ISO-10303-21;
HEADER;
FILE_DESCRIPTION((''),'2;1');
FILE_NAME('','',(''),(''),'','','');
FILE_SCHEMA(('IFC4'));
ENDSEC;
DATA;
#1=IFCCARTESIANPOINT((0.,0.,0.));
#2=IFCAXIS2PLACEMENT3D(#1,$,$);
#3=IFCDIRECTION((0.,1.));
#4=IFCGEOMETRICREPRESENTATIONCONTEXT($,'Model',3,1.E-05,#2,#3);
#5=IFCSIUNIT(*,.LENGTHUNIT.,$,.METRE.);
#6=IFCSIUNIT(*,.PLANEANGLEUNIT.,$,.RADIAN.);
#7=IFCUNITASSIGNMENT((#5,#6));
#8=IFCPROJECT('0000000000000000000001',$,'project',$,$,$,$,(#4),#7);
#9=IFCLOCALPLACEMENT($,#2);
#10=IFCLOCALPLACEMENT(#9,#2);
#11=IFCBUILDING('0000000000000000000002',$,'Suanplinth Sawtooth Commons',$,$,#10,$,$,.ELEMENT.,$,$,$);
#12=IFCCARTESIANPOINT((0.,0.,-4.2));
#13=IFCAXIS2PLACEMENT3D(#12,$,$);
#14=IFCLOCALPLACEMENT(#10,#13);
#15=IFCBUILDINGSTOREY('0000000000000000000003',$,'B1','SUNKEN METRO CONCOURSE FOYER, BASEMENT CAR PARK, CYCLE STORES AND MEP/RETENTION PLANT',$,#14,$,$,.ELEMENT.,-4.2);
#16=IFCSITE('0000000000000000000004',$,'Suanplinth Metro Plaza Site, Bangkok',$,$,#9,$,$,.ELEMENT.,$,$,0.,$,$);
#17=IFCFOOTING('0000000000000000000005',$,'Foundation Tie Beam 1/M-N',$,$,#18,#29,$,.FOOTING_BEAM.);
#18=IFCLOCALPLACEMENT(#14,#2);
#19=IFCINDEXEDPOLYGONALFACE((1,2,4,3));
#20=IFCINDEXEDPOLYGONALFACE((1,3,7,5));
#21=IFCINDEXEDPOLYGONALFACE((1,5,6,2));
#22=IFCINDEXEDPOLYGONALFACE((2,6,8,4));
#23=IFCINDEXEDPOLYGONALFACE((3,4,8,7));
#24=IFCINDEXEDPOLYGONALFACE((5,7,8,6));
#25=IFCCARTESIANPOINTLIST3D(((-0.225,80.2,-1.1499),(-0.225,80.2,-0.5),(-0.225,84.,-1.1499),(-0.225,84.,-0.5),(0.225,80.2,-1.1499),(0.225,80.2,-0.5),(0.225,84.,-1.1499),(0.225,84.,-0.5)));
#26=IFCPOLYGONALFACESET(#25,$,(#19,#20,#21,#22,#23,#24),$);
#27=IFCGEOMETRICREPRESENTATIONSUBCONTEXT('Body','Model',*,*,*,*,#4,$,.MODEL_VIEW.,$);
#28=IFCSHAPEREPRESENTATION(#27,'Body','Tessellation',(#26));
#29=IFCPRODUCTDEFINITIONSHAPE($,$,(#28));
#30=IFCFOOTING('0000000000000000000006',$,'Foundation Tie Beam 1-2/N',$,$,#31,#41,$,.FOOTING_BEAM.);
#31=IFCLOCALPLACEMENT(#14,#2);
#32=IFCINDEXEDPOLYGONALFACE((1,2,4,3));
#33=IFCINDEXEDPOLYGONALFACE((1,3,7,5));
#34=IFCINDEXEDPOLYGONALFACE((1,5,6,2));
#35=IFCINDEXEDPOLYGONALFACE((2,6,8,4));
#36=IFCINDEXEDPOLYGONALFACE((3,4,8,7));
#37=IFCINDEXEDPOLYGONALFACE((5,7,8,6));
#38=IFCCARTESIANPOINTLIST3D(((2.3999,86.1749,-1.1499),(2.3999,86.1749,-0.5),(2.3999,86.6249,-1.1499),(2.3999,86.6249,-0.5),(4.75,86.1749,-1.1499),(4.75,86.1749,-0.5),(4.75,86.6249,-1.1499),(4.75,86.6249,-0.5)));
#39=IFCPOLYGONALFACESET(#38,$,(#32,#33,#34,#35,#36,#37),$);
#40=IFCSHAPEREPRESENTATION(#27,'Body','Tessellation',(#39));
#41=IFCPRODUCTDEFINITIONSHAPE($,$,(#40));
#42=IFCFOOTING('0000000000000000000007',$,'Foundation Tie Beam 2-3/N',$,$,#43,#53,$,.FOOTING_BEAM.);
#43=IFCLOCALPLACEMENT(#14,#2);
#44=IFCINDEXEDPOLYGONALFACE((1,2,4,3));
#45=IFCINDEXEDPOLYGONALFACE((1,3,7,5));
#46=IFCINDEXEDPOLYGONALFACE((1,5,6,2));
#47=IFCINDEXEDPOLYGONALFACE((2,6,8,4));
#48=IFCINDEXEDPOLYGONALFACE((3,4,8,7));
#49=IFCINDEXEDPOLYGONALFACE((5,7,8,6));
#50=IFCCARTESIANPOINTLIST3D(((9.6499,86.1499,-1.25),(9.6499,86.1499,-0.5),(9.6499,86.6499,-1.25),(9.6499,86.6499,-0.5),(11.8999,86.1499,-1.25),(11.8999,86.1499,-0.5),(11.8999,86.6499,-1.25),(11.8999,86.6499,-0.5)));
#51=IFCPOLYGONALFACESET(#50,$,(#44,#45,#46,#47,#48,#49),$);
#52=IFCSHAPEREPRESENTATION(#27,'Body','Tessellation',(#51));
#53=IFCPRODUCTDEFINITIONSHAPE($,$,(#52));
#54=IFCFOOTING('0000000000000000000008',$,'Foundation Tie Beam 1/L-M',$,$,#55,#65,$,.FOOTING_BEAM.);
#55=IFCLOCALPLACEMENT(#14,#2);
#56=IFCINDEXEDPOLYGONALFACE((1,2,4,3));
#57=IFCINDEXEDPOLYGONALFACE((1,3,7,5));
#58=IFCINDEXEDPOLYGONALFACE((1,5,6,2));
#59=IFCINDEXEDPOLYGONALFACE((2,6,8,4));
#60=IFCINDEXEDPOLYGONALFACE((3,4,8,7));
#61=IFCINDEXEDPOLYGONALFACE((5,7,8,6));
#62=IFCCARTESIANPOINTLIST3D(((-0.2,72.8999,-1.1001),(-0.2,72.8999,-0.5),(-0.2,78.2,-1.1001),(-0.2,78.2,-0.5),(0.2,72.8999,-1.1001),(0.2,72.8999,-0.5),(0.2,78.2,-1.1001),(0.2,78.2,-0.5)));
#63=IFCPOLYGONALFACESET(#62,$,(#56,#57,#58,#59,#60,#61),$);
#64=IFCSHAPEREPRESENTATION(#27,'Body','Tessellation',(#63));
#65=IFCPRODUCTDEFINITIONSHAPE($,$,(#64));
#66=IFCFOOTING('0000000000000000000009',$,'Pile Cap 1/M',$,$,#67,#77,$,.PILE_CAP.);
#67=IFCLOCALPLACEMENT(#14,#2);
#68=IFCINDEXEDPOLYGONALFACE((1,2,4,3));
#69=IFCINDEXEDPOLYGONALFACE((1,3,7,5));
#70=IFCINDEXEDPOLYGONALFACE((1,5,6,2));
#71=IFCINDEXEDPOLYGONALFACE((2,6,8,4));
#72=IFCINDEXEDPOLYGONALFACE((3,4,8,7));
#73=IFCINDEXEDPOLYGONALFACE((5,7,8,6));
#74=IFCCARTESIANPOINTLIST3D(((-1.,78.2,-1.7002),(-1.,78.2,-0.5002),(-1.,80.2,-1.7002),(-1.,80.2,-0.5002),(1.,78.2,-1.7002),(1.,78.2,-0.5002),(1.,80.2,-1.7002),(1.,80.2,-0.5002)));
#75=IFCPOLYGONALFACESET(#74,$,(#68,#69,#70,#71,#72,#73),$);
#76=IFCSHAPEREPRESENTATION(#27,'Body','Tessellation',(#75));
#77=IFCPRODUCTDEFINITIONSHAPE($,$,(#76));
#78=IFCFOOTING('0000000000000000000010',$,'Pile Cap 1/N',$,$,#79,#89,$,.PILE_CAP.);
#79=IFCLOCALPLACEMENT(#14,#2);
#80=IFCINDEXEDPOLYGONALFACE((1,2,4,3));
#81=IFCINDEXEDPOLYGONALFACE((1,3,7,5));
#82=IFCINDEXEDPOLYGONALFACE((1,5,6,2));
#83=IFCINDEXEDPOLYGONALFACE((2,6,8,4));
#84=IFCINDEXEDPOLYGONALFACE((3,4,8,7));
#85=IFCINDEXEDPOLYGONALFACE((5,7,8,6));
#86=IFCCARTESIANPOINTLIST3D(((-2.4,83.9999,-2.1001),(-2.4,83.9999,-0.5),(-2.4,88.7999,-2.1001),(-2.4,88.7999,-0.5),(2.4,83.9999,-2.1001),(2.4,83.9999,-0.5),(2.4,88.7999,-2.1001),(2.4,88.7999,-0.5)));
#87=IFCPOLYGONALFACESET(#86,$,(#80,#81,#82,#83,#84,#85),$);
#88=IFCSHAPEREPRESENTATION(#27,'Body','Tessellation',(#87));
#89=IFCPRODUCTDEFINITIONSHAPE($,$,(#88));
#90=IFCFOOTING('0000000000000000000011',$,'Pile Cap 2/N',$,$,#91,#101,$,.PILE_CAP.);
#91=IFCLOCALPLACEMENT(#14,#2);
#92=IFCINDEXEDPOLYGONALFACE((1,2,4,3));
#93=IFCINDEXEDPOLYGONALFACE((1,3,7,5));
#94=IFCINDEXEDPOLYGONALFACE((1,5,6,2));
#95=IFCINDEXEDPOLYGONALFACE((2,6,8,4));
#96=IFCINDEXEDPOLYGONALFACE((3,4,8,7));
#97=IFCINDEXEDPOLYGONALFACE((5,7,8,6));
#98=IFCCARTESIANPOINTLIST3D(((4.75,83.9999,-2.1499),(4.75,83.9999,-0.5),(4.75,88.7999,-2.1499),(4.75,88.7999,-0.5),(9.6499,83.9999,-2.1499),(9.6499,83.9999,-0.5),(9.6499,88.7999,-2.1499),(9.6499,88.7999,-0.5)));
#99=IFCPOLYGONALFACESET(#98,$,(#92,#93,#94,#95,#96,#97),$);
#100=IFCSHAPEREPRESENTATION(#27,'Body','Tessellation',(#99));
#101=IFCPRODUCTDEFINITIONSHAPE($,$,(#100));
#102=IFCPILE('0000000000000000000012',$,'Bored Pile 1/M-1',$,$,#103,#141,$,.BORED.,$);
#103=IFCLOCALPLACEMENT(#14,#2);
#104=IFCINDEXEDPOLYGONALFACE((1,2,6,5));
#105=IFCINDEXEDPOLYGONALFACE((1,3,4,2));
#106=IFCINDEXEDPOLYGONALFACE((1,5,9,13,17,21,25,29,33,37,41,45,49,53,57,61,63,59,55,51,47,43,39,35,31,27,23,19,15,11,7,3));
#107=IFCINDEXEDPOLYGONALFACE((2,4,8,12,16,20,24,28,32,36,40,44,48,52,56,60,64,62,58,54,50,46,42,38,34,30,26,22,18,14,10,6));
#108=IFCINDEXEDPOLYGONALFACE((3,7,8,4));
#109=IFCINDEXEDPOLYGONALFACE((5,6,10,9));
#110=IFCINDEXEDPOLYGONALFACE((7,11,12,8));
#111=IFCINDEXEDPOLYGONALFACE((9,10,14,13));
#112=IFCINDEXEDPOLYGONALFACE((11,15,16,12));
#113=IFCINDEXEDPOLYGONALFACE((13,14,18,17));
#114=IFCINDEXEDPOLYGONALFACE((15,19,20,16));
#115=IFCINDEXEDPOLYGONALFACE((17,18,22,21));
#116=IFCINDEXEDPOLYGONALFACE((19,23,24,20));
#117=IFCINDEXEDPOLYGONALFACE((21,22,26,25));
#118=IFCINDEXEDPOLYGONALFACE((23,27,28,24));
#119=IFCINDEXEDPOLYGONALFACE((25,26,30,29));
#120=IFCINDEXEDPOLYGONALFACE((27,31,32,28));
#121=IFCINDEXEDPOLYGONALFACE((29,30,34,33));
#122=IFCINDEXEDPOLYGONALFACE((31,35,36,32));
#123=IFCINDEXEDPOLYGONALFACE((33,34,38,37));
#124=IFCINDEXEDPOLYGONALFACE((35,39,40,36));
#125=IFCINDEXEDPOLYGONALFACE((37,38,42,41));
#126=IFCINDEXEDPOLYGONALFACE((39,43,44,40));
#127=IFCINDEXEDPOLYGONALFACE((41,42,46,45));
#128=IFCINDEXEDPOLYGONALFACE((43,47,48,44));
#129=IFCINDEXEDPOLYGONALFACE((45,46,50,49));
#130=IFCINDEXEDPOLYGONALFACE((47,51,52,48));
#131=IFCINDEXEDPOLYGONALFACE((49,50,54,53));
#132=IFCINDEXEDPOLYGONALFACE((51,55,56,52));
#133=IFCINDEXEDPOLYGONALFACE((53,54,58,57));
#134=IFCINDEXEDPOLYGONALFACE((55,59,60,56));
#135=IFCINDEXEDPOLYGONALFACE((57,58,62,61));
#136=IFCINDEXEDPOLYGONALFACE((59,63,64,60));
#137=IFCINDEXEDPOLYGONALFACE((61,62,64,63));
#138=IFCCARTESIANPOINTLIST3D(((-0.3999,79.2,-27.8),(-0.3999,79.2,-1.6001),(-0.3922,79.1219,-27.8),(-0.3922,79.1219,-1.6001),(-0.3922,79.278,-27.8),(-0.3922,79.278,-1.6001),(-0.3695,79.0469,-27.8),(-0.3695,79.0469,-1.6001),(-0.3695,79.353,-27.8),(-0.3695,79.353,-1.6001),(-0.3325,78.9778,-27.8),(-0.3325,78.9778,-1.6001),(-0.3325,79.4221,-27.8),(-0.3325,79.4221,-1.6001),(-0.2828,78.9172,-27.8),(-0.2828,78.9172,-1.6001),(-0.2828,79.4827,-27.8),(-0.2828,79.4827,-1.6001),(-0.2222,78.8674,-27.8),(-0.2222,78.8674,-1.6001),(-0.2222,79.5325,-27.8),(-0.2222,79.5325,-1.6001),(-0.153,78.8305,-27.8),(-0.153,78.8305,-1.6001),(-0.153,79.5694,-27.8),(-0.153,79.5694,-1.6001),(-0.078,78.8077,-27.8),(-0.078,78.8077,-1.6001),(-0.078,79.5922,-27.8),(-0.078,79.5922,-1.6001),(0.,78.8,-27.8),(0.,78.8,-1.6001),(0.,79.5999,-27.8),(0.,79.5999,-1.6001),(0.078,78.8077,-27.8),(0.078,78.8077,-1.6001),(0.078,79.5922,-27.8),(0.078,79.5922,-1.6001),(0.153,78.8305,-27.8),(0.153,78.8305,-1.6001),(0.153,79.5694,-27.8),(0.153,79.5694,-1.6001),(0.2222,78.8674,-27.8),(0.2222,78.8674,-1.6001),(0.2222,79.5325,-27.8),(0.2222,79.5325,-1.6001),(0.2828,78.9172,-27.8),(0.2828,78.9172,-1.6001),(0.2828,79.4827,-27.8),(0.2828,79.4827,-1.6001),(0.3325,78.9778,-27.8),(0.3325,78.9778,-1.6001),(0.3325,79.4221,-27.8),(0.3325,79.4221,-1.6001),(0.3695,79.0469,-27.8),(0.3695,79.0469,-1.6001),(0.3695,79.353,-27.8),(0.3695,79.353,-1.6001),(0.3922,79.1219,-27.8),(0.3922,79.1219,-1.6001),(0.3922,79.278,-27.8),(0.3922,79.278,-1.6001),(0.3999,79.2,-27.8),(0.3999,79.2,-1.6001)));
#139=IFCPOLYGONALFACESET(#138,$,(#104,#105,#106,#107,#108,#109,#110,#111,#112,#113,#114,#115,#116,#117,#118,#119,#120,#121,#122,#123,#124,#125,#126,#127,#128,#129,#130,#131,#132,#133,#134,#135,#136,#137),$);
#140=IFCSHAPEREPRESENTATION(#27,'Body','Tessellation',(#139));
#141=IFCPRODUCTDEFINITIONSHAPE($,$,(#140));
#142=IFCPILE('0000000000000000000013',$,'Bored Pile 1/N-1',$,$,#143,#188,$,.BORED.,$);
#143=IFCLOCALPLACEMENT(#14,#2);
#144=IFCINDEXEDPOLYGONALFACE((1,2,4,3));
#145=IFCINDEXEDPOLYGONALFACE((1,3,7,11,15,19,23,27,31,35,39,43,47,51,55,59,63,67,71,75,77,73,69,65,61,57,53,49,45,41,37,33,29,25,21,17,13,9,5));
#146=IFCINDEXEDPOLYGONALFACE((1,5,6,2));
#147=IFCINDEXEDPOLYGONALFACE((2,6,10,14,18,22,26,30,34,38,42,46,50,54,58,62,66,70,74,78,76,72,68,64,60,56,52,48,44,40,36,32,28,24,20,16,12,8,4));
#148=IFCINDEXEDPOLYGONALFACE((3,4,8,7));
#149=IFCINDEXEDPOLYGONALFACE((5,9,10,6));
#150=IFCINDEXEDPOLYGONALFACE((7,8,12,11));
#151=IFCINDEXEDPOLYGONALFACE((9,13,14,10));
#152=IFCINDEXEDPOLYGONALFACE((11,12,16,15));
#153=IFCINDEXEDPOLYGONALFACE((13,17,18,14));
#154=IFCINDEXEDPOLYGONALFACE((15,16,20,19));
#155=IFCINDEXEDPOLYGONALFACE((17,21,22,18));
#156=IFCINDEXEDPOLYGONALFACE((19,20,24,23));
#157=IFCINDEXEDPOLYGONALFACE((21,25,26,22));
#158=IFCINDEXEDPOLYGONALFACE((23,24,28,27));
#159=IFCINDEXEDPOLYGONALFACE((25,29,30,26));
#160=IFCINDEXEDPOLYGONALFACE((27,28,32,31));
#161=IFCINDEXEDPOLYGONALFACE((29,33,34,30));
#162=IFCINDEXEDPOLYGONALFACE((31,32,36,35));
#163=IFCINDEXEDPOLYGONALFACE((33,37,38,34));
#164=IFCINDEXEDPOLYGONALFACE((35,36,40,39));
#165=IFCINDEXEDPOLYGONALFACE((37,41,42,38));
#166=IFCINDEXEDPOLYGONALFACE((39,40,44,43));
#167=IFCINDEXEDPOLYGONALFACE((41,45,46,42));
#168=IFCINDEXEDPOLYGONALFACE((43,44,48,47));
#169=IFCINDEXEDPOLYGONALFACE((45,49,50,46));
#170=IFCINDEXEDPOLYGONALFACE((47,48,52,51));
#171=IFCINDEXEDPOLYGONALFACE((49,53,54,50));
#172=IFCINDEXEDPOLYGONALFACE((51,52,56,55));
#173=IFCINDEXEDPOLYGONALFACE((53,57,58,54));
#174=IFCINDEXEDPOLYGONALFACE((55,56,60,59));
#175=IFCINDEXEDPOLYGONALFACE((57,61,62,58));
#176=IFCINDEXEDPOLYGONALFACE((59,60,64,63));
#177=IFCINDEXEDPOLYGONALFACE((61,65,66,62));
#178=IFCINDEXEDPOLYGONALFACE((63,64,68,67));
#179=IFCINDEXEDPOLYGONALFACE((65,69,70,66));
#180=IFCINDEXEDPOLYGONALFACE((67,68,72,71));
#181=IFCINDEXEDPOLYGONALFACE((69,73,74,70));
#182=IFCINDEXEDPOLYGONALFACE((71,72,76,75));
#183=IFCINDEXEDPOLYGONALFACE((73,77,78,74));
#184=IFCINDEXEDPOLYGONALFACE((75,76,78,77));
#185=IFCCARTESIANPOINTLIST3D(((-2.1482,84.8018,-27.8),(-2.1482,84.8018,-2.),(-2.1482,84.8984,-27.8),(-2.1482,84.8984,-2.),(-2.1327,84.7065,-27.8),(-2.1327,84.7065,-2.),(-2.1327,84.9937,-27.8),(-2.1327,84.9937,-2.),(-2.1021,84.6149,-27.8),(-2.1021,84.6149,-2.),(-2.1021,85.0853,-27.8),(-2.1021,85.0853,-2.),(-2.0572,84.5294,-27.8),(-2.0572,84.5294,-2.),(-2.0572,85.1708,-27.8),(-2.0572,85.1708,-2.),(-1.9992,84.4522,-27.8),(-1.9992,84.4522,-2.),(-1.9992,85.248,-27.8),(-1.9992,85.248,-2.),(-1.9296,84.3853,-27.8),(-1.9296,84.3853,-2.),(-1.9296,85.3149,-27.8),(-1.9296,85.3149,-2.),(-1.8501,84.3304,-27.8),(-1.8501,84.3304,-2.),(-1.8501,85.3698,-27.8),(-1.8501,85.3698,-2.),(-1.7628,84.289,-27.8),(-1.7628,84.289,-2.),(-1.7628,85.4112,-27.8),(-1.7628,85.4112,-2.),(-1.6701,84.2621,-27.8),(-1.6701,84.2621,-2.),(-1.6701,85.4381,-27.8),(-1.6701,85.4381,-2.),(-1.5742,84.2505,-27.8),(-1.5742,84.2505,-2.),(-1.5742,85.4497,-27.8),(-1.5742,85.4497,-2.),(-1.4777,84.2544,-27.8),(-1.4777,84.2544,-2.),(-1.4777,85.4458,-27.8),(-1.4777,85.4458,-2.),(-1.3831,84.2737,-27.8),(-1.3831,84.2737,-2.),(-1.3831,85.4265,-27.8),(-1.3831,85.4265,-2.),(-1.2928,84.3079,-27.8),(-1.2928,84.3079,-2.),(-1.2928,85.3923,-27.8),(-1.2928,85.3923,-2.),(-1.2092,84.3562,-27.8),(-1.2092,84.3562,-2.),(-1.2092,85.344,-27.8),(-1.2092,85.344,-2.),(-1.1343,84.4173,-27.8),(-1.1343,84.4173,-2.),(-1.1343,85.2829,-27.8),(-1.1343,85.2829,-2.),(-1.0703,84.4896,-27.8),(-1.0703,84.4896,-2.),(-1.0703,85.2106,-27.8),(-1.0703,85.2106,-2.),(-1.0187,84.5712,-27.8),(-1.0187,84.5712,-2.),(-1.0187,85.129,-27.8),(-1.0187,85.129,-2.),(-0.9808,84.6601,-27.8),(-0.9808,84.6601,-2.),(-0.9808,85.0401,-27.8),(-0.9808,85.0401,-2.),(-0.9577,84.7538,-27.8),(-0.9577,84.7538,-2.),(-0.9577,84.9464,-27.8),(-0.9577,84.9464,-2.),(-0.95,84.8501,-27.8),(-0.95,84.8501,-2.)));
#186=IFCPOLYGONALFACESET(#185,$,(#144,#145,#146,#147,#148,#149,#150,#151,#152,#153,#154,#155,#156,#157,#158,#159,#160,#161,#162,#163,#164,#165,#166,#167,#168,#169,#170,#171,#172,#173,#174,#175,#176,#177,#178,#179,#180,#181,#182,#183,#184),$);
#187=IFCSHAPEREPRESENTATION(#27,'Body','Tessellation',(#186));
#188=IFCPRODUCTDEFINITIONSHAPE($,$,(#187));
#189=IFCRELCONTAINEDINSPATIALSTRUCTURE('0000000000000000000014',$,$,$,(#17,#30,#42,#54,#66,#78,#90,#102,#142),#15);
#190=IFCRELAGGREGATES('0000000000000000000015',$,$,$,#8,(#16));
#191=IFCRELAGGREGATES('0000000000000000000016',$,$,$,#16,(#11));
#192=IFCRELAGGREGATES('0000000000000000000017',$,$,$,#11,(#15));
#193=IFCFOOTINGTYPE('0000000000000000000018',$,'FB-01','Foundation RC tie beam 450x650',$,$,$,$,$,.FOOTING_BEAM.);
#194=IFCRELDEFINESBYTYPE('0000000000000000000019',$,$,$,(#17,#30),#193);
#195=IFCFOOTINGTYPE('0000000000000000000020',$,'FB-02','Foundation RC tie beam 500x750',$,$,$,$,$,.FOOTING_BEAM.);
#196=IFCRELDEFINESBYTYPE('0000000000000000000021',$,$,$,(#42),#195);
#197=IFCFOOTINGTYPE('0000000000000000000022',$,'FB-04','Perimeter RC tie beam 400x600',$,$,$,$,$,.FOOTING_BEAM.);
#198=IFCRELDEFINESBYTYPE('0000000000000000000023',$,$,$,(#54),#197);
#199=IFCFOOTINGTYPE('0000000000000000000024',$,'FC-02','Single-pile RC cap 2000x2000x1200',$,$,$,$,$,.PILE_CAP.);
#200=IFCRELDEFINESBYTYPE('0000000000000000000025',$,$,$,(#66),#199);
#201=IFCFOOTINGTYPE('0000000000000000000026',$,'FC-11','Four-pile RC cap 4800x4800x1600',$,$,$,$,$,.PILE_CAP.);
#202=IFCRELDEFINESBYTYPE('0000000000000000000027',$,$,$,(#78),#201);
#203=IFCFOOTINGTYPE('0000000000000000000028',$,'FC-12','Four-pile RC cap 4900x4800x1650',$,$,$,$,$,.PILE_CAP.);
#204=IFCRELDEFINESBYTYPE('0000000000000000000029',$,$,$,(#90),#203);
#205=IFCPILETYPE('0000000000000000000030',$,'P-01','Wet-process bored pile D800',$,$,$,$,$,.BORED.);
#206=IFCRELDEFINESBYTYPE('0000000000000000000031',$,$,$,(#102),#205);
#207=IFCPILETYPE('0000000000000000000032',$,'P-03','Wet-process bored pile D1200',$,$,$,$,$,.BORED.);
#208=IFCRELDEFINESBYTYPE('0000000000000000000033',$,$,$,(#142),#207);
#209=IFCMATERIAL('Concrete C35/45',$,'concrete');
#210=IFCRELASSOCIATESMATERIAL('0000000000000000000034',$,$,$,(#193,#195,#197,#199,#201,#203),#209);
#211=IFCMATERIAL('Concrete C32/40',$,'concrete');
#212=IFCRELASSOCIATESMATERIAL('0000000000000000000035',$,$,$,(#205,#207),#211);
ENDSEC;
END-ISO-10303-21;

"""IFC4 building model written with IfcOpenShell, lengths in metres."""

from ifc_helpers import new_model, si_unit, direction, frame, origin, origin_2d, place, context, subcontext, project, spatial, rectangle, circle, extrude, material, material_profile, profile_set, type_object, element, save


model = new_model("IFC4")

# Units and contexts
model_context = context("Model", 3, precision=1e-05, world=origin(), true_north=direction((0.0, 1.0)))
body_context = subcontext(model_context, "Body", "Model", "MODEL_VIEW")
ifc_project = project(units=[si_unit("LENGTHUNIT", "METRE"), si_unit("PLANEANGLEUNIT", "RADIAN")], contexts=[model_context])

# Site, building, storey
site_placement = place(None, origin())
site = spatial("IfcSite", under=ifc_project, at=site_placement, Name="Suanplinth Metro Plaza Site, Bangkok", CompositionType="ELEMENT", RefElevation=0.0)
building_placement = place(site_placement, origin())
building = spatial("IfcBuilding", under=site, at=building_placement, Name="Suanplinth Sawtooth Commons", CompositionType="ELEMENT")
storey_placement = place(building_placement, frame((0.0, 0.0, -4.2)))
storey = spatial("IfcBuildingStorey", under=building, at=storey_placement, Name="B1", Description="SUNKEN METRO CONCOURSE FOYER, BASEMENT CAR PARK, CYCLE STORES AND MEP/RETENTION PLANT", CompositionType="ELEMENT", Elevation=-4.2)

# Footings
ifc_material_1 = material(Name="Concrete C35/45", Category="concrete")
ifc_material_profile_1 = material_profile(ifc_material_1, rectangle(XDim=0.45, YDim=0.6499, at=origin_2d()), Name="PC-GDR 450x650")
ifc_profile_set_1 = profile_set([ifc_material_profile_1], Name="Concrete C35/45")
footing_type_1 = type_object("IfcFootingType", Name="FB-01", Description="Foundation RC tie beam 450x650", PredefinedType="FOOTING_BEAM", material=ifc_profile_set_1)
footing_1_placement = place(storey_placement, frame((0.0, 80.2, -0.825), z_axis=(0.0, 1.0, 0.0), x_axis=(-1.0, 0.0, 0.0)))
element("IfcFooting", 1, at=footing_1_placement, inside=storey, type_object=footing_type_1, Name="Foundation Tie Beam 1/M-N", PredefinedType="FOOTING_BEAM", context=body_context, shape_type="SweptSolid", body=[
    extrude(rectangle(XDim=0.45, YDim=0.6499, at=origin_2d()), origin(), (0.0, 0.0, 1.0), 3.8),
])
footing_2_placement = place(storey_placement, frame((2.3999, 86.3999, -0.825), z_axis=(1.0, 0.0, 0.0), x_axis=(0.0, 1.0, 0.0)))
element("IfcFooting", 2, at=footing_2_placement, inside=storey, type_object=footing_type_1, Name="Foundation Tie Beam 1-2/N", PredefinedType="FOOTING_BEAM", context=body_context, shape_type="SweptSolid", body=[
    extrude(rectangle(XDim=0.45, YDim=0.6499, at=origin_2d()), origin(), (0.0, 0.0, 1.0), 2.3501),
])
ifc_material_profile_2 = material_profile(ifc_material_1, rectangle(XDim=0.5, YDim=0.75, at=origin_2d()), Name="RC-GDR 500x750")
ifc_profile_set_2 = profile_set([ifc_material_profile_2], Name="Concrete C35/45")
footing_type_2 = type_object("IfcFootingType", Name="FB-02", Description="Foundation RC tie beam 500x750", PredefinedType="FOOTING_BEAM", material=ifc_profile_set_2)
footing_3_placement = place(storey_placement, frame((9.6499, 86.3999, -0.875), z_axis=(1.0, 0.0, 0.0), x_axis=(0.0, 1.0, 0.0)))
element("IfcFooting", 3, at=footing_3_placement, inside=storey, type_object=footing_type_2, Name="Foundation Tie Beam 2-3/N", PredefinedType="FOOTING_BEAM", context=body_context, shape_type="SweptSolid", body=[
    extrude(rectangle(XDim=0.5, YDim=0.75, at=origin_2d()), origin(), (0.0, 0.0, 1.0), 2.25),
])
ifc_material_profile_3 = material_profile(ifc_material_1, rectangle(XDim=0.3999, YDim=0.6001, at=origin_2d()), Name="PC-GDR 400x600")
ifc_profile_set_3 = profile_set([ifc_material_profile_3], Name="Concrete C35/45")
footing_type_3 = type_object("IfcFootingType", Name="FB-04", Description="Perimeter RC tie beam 400x600", PredefinedType="FOOTING_BEAM", material=ifc_profile_set_3)
footing_4_placement = place(storey_placement, frame((0.0, 72.8999, -0.8), z_axis=(0.0, 1.0, 0.0), x_axis=(-1.0, 0.0, 0.0)))
element("IfcFooting", 4, at=footing_4_placement, inside=storey, type_object=footing_type_3, Name="Foundation Tie Beam 1/L-M", PredefinedType="FOOTING_BEAM", context=body_context, shape_type="SweptSolid", body=[
    extrude(rectangle(XDim=0.3999, YDim=0.6001, at=origin_2d()), origin(), (0.0, 0.0, 1.0), 5.3),
])
footing_type_4 = type_object("IfcFootingType", Name="FC-02", Description="Single-pile RC cap 2000x2000x1200", PredefinedType="PILE_CAP", material=ifc_material_1)
footing_5_placement = place(storey_placement, frame((0.0, 79.2, -1.7002), z_axis=(0.0, 0.0, 1.0), x_axis=(1.0, 0.0, 0.0)))
element("IfcFooting", 5, at=footing_5_placement, inside=storey, type_object=footing_type_4, Name="Pile Cap 1/M", PredefinedType="PILE_CAP", context=body_context, shape_type="SweptSolid", body=[
    extrude(rectangle(XDim=2.0, YDim=2.0, at=origin_2d()), origin(), (0.0, 0.0, 1.0), 1.2),
])
footing_type_5 = type_object("IfcFootingType", Name="FC-11", Description="Four-pile RC cap 4800x4800x1600", PredefinedType="PILE_CAP", material=ifc_material_1)
footing_6_placement = place(storey_placement, frame((0.0, 86.3999, -2.1001), z_axis=(0.0, 0.0, 1.0), x_axis=(1.0, 0.0, 0.0)))
element("IfcFooting", 6, at=footing_6_placement, inside=storey, type_object=footing_type_5, Name="Pile Cap 1/N", PredefinedType="PILE_CAP", context=body_context, shape_type="SweptSolid", body=[
    extrude(rectangle(XDim=4.8, YDim=4.8, at=origin_2d()), origin(), (0.0, 0.0, 1.0), 1.6001),
])
footing_type_6 = type_object("IfcFootingType", Name="FC-12", Description="Four-pile RC cap 4900x4800x1650", PredefinedType="PILE_CAP", material=ifc_material_1)
footing_7_placement = place(storey_placement, frame((7.2, 86.3999, -2.1499), z_axis=(0.0, 0.0, 1.0), x_axis=(1.0, 0.0, 0.0)))
element("IfcFooting", 7, at=footing_7_placement, inside=storey, type_object=footing_type_6, Name="Pile Cap 2/N", PredefinedType="PILE_CAP", context=body_context, shape_type="SweptSolid", body=[
    extrude(rectangle(XDim=4.8999, YDim=4.8, at=origin_2d()), origin(), (0.0, 0.0, 1.0), 1.6499),
])

# Piles
ifc_material_2 = material(Name="Concrete C32/40", Category="concrete")
ifc_material_profile_4 = material_profile(ifc_material_2, circle(Radius=0.3999, at=origin_2d()), Name="PILE D800")
ifc_profile_set_4 = profile_set([ifc_material_profile_4], Name="Concrete C32/40")
pile_type_1 = type_object("IfcPileType", Name="P-01", Description="Wet-process bored pile D800", PredefinedType="BORED", material=ifc_profile_set_4)
pile_1_placement = place(storey_placement, frame((0.0, 79.2, -1.6001), z_axis=(0.0, 0.0, -1.0), x_axis=(1.0, 0.0, 0.0)))
element("IfcPile", 8, at=pile_1_placement, inside=storey, type_object=pile_type_1, Name="Bored Pile 1/M-1", PredefinedType="BORED", context=body_context, shape_type="SweptSolid", body=[
    extrude(circle(Radius=0.3999, at=origin_2d()), origin(), (0.0, 0.0, 1.0), 26.2),
])
ifc_material_profile_5 = material_profile(ifc_material_2, circle(Radius=0.6001, at=origin_2d()), Name="PILE D1200")
ifc_profile_set_5 = profile_set([ifc_material_profile_5], Name="Concrete C32/40")
pile_type_2 = type_object("IfcPileType", Name="P-03", Description="Wet-process bored pile D1200", PredefinedType="BORED", material=ifc_profile_set_5)
for number, where, z_axis, x_axis, name in (
    (9, (-1.55, 84.8501, -2.0), (0.0, 0.0, -1.0), (1.0, 0.0, 0.0), "Bored Pile 1/N-1"),
):
    element("IfcPile", number, at=place(storey_placement, frame(where, z_axis=z_axis, x_axis=x_axis)), inside=storey, type_object=pile_type_2, Name=name, PredefinedType="BORED", context=body_context, shape_type="SweptSolid", body=[
        extrude(circle(Radius=0.6001, at=origin_2d()), origin(), (0.0, 0.0, 1.0), 25.8),
    ])

save(model, "model.ifc")
